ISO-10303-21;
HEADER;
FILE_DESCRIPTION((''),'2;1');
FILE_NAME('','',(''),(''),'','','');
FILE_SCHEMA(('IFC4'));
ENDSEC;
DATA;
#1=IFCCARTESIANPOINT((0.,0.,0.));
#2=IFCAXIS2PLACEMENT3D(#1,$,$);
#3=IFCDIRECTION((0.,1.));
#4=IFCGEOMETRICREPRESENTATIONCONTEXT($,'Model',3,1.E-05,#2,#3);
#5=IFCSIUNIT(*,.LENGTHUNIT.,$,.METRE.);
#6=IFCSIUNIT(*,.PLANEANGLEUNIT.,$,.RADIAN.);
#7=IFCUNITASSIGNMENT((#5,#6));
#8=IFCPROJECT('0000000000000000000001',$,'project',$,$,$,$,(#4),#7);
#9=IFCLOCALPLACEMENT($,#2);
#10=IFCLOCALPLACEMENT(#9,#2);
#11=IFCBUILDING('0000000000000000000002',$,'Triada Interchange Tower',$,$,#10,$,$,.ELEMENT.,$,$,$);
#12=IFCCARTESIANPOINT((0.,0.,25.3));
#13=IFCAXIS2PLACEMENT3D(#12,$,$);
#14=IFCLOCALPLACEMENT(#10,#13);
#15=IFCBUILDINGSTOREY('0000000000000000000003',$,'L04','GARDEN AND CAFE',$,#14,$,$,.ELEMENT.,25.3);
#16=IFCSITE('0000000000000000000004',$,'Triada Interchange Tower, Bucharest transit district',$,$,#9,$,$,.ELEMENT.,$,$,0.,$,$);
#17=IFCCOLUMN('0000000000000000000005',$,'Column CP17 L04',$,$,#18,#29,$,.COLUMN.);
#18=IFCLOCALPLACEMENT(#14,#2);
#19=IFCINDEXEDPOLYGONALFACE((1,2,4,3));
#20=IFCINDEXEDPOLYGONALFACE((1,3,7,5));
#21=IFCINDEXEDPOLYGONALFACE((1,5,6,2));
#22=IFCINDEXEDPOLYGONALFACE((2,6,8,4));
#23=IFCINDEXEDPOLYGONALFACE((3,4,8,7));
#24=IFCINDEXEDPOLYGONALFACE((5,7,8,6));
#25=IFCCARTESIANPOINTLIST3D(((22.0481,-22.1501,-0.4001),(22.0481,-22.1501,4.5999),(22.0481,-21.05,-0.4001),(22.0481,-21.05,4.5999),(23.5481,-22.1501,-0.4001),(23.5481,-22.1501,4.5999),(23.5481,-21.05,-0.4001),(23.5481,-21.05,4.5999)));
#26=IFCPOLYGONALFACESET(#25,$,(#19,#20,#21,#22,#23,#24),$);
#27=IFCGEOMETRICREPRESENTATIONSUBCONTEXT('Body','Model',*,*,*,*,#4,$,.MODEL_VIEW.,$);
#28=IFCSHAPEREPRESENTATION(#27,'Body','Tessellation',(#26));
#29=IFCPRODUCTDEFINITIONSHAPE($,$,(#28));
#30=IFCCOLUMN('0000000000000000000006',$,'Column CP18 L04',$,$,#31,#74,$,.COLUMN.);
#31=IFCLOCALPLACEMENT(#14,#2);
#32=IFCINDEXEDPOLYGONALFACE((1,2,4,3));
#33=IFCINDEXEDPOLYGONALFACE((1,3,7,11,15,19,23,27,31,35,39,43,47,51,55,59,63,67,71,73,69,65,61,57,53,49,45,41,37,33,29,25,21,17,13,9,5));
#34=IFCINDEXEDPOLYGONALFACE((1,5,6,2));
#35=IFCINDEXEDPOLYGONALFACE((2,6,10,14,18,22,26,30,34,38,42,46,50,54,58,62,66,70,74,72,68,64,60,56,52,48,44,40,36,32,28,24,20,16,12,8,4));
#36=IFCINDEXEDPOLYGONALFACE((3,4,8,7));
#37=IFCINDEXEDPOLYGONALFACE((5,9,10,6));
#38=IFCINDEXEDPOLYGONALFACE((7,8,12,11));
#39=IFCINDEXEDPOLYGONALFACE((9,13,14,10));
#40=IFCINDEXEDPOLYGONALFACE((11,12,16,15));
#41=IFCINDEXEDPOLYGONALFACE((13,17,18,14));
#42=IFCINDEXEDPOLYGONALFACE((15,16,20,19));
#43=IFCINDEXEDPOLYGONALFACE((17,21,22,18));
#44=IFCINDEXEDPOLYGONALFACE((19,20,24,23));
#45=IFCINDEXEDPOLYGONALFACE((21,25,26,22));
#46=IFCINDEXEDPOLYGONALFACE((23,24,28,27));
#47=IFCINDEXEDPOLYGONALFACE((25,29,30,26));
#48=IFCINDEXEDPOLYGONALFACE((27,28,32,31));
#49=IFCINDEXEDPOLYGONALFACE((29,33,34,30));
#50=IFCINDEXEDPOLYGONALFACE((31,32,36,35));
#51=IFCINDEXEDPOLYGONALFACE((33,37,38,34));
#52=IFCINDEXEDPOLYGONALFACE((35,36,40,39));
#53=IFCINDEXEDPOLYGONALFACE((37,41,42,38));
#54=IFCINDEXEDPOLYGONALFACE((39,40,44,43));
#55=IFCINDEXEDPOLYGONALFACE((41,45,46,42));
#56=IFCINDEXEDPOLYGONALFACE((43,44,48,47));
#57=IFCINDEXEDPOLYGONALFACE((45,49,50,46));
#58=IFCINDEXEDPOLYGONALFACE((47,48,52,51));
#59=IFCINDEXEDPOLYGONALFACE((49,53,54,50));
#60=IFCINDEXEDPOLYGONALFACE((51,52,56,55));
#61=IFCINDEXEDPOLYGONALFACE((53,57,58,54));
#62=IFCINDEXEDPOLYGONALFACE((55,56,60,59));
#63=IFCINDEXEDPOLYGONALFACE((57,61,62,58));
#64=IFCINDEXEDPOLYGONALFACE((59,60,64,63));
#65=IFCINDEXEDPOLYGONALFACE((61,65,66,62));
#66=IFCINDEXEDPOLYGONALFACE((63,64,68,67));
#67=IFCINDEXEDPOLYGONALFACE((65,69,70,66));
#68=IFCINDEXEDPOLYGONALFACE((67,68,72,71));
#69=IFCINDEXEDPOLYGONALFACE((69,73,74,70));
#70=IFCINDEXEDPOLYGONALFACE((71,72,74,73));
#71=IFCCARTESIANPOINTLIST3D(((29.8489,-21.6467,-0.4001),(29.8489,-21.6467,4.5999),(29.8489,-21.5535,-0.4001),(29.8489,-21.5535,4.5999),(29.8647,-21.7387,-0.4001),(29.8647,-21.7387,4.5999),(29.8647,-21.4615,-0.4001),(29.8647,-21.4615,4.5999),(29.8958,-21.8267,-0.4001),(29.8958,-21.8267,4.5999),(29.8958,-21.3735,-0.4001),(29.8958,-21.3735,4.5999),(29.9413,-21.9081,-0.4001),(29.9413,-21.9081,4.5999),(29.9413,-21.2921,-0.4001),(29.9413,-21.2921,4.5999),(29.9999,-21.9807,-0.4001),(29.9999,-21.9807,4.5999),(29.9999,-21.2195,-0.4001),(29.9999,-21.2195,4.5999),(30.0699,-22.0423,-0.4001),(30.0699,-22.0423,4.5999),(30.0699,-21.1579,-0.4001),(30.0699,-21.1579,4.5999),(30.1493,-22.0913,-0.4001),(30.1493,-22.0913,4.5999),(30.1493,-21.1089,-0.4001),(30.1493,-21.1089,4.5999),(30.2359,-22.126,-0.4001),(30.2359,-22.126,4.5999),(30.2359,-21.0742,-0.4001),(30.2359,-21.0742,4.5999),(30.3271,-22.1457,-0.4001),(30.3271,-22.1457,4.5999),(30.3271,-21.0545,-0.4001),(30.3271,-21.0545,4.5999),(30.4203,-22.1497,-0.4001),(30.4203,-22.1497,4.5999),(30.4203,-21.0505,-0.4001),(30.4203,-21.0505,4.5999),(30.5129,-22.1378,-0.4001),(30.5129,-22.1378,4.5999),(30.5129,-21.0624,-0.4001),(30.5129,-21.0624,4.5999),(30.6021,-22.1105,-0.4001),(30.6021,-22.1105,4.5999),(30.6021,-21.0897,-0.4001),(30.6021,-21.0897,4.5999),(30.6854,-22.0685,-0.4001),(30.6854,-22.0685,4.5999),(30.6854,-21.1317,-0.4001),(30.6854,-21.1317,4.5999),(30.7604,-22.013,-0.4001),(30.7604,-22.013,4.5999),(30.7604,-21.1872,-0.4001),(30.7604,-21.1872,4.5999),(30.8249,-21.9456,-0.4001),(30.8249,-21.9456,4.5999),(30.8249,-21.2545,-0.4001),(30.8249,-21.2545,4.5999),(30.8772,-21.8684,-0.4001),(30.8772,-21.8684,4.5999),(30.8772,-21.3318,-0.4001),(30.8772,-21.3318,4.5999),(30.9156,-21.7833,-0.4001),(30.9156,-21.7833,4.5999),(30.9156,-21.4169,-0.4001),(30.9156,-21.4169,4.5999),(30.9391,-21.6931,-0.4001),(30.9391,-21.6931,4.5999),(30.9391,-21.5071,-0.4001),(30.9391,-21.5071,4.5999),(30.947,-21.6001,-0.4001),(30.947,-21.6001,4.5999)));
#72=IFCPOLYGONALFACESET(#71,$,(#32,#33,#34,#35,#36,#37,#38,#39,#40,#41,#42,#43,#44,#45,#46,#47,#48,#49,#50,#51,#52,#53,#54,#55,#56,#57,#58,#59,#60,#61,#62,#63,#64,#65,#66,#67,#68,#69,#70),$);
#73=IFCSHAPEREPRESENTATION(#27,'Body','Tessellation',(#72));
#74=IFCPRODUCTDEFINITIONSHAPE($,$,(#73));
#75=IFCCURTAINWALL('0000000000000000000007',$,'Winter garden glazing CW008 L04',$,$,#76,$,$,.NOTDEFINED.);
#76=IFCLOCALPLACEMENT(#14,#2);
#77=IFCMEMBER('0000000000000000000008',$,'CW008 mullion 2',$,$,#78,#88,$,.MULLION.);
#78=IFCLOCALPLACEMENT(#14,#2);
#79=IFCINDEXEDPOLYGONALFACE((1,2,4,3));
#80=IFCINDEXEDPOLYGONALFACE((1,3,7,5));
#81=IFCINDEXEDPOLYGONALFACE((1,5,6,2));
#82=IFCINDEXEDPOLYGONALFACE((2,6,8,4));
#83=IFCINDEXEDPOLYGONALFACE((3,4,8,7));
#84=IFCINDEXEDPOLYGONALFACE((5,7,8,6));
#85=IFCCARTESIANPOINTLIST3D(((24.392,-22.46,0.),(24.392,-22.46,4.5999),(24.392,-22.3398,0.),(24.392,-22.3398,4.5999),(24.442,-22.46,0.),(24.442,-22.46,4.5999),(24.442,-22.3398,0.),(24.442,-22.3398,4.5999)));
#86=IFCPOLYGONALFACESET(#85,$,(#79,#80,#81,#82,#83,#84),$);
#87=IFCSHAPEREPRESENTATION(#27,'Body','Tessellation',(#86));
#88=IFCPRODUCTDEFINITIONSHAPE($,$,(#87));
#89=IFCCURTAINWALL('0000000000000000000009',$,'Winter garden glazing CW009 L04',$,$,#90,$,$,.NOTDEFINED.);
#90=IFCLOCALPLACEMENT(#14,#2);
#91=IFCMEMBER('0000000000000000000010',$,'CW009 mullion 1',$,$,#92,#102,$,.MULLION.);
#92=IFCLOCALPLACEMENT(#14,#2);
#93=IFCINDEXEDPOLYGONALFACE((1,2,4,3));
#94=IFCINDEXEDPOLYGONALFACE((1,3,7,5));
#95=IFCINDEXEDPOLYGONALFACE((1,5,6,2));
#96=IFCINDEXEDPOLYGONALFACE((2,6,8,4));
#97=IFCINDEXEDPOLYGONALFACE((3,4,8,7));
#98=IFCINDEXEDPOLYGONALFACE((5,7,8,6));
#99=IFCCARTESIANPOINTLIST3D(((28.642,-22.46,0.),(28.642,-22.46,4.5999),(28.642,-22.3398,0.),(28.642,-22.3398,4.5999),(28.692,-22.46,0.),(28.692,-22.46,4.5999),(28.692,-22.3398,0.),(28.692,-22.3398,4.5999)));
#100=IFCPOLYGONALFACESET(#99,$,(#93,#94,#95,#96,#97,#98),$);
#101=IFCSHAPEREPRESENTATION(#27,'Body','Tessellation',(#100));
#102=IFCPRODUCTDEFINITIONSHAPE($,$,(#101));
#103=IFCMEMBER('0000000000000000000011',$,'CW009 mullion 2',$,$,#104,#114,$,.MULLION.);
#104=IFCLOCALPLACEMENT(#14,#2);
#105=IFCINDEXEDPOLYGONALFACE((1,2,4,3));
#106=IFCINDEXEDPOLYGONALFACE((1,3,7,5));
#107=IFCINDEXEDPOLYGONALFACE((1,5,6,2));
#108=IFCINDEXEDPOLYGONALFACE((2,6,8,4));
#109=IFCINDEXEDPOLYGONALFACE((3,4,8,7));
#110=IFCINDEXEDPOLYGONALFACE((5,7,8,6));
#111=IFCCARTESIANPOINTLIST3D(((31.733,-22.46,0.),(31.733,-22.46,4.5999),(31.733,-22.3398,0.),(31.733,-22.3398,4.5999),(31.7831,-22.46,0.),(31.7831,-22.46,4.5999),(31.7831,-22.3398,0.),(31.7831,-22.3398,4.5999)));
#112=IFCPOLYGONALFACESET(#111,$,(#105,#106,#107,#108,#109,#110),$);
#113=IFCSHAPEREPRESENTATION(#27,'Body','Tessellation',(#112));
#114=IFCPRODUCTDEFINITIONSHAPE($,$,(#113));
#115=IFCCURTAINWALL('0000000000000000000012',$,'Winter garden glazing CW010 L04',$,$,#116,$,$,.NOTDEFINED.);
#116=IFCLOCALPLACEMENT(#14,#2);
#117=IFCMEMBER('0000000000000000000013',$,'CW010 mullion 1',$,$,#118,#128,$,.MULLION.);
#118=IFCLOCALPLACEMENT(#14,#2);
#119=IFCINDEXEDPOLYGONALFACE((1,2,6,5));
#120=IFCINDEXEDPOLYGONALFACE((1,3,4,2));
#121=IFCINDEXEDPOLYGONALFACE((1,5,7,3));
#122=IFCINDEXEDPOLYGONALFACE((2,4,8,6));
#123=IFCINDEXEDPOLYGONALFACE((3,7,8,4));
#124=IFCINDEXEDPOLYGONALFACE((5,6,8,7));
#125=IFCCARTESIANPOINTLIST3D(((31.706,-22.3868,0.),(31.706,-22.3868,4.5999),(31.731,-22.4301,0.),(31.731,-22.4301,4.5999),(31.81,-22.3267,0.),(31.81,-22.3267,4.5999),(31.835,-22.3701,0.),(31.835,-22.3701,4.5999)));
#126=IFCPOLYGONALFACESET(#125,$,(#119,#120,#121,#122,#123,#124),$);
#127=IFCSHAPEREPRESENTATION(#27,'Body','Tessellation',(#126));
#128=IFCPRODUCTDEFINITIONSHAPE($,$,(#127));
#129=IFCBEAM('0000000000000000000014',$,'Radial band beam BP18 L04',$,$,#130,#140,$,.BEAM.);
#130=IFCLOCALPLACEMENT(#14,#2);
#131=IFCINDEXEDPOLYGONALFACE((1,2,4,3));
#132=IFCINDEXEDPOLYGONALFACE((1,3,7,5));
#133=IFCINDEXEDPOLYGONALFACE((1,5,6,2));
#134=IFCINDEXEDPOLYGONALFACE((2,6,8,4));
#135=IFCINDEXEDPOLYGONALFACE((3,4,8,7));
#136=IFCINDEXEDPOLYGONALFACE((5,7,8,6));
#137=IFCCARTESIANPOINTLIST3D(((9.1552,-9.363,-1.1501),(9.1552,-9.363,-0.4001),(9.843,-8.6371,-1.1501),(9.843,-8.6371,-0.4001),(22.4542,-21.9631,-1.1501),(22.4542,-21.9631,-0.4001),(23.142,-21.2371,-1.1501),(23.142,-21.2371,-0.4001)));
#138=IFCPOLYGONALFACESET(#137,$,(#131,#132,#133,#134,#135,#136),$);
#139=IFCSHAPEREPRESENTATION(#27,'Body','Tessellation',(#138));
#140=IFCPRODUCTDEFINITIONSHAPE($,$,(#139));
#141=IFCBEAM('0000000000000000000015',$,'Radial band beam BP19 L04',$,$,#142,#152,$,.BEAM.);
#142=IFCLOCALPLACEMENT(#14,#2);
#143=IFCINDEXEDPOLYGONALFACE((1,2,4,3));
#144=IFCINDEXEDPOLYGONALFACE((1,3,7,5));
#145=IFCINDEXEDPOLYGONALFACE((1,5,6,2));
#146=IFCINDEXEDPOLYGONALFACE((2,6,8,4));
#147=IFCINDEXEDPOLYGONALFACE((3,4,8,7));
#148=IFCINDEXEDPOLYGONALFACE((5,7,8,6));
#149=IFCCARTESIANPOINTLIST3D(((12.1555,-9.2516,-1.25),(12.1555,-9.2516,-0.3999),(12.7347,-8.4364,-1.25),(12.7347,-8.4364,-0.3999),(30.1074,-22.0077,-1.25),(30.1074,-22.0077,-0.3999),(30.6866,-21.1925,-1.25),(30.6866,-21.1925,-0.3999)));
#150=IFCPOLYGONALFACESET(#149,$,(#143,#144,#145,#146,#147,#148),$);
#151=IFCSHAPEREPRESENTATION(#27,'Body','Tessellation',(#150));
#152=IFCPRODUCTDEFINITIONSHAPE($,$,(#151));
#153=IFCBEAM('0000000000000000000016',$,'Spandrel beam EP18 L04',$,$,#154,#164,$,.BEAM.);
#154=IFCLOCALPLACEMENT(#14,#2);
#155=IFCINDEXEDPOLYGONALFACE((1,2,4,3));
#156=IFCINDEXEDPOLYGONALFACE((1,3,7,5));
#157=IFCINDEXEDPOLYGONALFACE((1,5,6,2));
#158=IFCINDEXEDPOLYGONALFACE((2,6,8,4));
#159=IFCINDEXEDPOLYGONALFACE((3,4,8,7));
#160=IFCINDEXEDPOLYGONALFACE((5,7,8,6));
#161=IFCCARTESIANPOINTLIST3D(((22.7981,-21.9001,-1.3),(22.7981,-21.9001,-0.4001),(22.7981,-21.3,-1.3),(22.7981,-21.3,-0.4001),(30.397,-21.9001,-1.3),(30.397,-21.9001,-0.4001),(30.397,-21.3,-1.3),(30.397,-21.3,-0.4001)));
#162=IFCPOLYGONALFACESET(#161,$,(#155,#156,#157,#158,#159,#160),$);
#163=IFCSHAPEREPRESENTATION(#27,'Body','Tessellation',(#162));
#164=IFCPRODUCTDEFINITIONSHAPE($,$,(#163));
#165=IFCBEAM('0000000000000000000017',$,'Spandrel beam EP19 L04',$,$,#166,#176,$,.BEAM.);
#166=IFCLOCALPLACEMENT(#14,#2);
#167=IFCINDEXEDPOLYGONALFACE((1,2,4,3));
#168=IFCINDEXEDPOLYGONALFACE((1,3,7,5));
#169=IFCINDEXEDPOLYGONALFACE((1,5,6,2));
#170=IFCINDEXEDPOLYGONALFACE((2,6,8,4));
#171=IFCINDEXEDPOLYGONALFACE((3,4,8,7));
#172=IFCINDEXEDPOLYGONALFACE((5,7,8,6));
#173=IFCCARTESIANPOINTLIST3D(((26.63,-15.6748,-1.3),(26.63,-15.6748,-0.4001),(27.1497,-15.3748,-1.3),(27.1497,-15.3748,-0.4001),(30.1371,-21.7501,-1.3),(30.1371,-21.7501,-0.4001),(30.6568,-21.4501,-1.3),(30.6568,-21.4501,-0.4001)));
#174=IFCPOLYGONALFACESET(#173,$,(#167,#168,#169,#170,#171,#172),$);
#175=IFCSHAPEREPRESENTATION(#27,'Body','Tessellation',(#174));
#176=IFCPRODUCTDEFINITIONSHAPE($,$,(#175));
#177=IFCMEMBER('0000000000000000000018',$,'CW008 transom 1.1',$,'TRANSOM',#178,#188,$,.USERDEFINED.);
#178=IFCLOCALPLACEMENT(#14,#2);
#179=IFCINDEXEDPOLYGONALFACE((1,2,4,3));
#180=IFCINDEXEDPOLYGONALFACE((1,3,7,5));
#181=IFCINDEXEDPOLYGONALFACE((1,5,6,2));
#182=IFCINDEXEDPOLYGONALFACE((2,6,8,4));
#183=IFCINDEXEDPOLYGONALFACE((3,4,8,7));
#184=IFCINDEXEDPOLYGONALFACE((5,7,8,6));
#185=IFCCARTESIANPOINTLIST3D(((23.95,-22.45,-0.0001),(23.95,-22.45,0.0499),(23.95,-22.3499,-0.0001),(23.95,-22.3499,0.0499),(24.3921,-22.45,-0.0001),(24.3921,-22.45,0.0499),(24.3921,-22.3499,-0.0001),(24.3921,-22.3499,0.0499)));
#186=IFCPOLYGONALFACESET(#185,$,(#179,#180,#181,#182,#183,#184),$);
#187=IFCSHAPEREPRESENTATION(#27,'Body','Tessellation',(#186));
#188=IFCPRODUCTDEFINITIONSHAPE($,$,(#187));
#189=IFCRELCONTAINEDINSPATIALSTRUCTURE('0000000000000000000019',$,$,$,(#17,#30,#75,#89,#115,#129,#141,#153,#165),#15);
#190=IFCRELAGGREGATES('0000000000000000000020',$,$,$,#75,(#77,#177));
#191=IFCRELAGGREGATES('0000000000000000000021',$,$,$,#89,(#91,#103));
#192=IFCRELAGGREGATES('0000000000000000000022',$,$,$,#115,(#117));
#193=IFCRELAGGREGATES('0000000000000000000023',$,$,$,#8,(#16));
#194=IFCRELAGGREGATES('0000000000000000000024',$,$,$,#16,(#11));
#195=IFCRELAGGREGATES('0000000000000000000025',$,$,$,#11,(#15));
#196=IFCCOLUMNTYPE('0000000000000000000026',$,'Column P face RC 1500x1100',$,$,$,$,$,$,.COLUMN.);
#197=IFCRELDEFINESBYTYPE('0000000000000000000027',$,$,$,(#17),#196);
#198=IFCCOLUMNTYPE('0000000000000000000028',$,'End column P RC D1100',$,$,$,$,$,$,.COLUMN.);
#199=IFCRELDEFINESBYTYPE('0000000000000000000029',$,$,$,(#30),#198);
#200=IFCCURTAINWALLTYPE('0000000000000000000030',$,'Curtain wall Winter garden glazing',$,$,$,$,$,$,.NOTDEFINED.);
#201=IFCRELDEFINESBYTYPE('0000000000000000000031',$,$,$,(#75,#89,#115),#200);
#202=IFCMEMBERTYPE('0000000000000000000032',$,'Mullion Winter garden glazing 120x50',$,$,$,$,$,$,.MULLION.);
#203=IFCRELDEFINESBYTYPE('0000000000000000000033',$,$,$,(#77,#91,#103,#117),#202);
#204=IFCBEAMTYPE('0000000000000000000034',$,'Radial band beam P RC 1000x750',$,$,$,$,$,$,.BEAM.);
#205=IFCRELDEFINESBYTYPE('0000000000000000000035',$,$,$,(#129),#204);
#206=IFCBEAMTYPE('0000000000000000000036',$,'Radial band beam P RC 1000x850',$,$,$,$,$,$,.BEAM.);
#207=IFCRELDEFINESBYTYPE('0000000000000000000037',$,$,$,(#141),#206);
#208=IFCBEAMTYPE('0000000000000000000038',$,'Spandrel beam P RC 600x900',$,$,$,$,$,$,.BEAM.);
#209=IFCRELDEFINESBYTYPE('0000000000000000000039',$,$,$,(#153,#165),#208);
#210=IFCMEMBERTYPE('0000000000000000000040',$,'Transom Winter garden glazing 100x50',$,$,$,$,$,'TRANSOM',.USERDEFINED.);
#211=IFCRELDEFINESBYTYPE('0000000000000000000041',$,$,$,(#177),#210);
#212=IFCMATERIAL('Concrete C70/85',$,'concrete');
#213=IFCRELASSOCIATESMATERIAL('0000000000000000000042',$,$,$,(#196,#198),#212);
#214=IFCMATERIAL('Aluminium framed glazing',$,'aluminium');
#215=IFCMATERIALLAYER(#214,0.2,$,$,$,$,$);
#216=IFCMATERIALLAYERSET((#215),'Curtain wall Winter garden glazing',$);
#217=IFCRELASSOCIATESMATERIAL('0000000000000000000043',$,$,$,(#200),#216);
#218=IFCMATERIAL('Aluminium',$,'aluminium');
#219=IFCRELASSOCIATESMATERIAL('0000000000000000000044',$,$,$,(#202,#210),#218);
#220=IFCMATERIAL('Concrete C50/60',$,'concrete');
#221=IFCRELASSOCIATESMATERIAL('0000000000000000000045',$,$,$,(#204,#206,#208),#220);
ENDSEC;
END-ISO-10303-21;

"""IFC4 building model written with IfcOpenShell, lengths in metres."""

from ifc_helpers import new_model, si_unit, direction, frame, origin, origin_2d, place, context, subcontext, project, spatial, rectangle, circle, extrude, material, layer, layer_set, material_profile, profile_set, type_object, element, aggregate, save


model = new_model("IFC4")

# Units and contexts
model_context = context("Model", 3, precision=1e-05, world=origin(), true_north=direction((0.0, 1.0)))
body_context = subcontext(model_context, "Body", "Model", "MODEL_VIEW")
ifc_project = project(units=[si_unit("LENGTHUNIT", "METRE"), si_unit("PLANEANGLEUNIT", "RADIAN")], contexts=[model_context])

# Site, building, storey
site_placement = place(None, origin())
site = spatial("IfcSite", under=ifc_project, at=site_placement, Name="Triada Interchange Tower, Bucharest transit district", CompositionType="ELEMENT", RefElevation=0.0)
building_placement = place(site_placement, origin())
building = spatial("IfcBuilding", under=site, at=building_placement, Name="Triada Interchange Tower", CompositionType="ELEMENT")
storey_placement = place(building_placement, frame((0.0, 0.0, 25.3)))
storey = spatial("IfcBuildingStorey", under=building, at=storey_placement, Name="L04", Description="GARDEN AND CAFE", CompositionType="ELEMENT", Elevation=25.3)

# Columns
ifc_material_1 = material(Name="Concrete C70/85", Category="concrete")
ifc_material_profile_1 = material_profile(ifc_material_1, rectangle(XDim=1.5, YDim=1.1001, at=origin_2d()), Name="RC 1500x1100")
ifc_profile_set_1 = profile_set([ifc_material_profile_1], Name="Concrete C70/85")
column_type_1 = type_object("IfcColumnType", Name="Column P face RC 1500x1100", PredefinedType="COLUMN", material=ifc_profile_set_1)
column_1_placement = place(storey_placement, frame((22.7981, -21.6001, -0.4001), z_axis=(0.0, 0.0, 1.0), x_axis=(1.0, 0.0, 0.0)))
element("IfcColumn", 1, at=column_1_placement, inside=storey, type_object=column_type_1, Name="Column CP17 L04", PredefinedType="COLUMN", context=body_context, shape_type="SweptSolid", body=[
    extrude(rectangle(XDim=1.5, YDim=1.1001, at=origin_2d()), origin(), (0.0, 0.0, 1.0), 5.0),
])
ifc_material_profile_2 = material_profile(ifc_material_1, circle(Radius=0.55, at=origin_2d()), Name="RC D1100")
ifc_profile_set_2 = profile_set([ifc_material_profile_2], Name="Concrete C70/85")
column_type_2 = type_object("IfcColumnType", Name="End column P RC D1100", PredefinedType="COLUMN", material=ifc_profile_set_2)
column_2_placement = place(storey_placement, frame((30.397, -21.6001, -0.4001), z_axis=(0.0, 0.0, 1.0), x_axis=(1.0, 0.0, 0.0)))
element("IfcColumn", 2, at=column_2_placement, inside=storey, type_object=column_type_2, Name="Column CP18 L04", PredefinedType="COLUMN", context=body_context, shape_type="SweptSolid", body=[
    extrude(circle(Radius=0.55, at=origin_2d()), origin(), (0.0, 0.0, 1.0), 5.0),
])

# Curtain wall, member
ifc_material_2 = material(Name="Aluminium framed glazing", Category="aluminium")
ifc_layer_1 = layer(ifc_material_2, 0.2)
ifc_layer_set_1 = layer_set([ifc_layer_1], Name="Curtain wall Winter garden glazing")
curtain_wall_type = type_object("IfcCurtainWallType", Name="Curtain wall Winter garden glazing", PredefinedType="NOTDEFINED", material=ifc_layer_set_1)
curtain_wall_1_placement = place(storey_placement, origin())
curtain_wall_1 = element("IfcCurtainWall", 3, at=curtain_wall_1_placement, inside=storey, type_object=curtain_wall_type, Name="Winter garden glazing CW008 L04", PredefinedType="NOTDEFINED")
ifc_material_3 = material(Name="Aluminium", Category="aluminium")
ifc_material_profile_3 = material_profile(ifc_material_3, rectangle(XDim=0.1201, YDim=0.05, at=origin_2d()), Name="Aluminium mullion")
ifc_profile_set_3 = profile_set([ifc_material_profile_3], Name="Aluminium")
member_type_1 = type_object("IfcMemberType", Name="Mullion Winter garden glazing 120x50", PredefinedType="MULLION", material=ifc_profile_set_3)
member_1_placement = place(storey_placement, frame((24.417, -22.3999, 0.0), z_axis=(0.0, 0.0, 1.0), x_axis=(0.0, 1.0, 0.0)))
member_1 = element("IfcMember", 4, at=member_1_placement, type_object=member_type_1, Name="CW008 mullion 2", PredefinedType="MULLION", context=body_context, shape_type="SweptSolid", body=[
    extrude(rectangle(XDim=0.1201, YDim=0.05, at=origin_2d()), origin(), (0.0, 0.0, 1.0), 4.5999),
])

# Curtain wall, members
curtain_wall_2_placement = place(storey_placement, origin())
curtain_wall_2 = element("IfcCurtainWall", 5, at=curtain_wall_2_placement, inside=storey, type_object=curtain_wall_type, Name="Winter garden glazing CW009 L04", PredefinedType="NOTDEFINED")
member_2_placement = place(storey_placement, frame((28.667, -22.3999, 0.0), z_axis=(0.0, 0.0, 1.0), x_axis=(0.0, 1.0, 0.0)))
member_2 = element("IfcMember", 6, at=member_2_placement, type_object=member_type_1, Name="CW009 mullion 1", PredefinedType="MULLION", context=body_context, shape_type="SweptSolid", body=[
    extrude(rectangle(XDim=0.1201, YDim=0.05, at=origin_2d()), origin(), (0.0, 0.0, 1.0), 4.5999),
])
member_3_placement = place(storey_placement, frame((31.7581, -22.3999, 0.0), z_axis=(0.0, 0.0, 1.0), x_axis=(0.0, 1.0, 0.0)))
member_3 = element("IfcMember", 7, at=member_3_placement, type_object=member_type_1, Name="CW009 mullion 2", PredefinedType="MULLION", context=body_context, shape_type="SweptSolid", body=[
    extrude(rectangle(XDim=0.1201, YDim=0.05, at=origin_2d()), origin(), (0.0, 0.0, 1.0), 4.5999),
])

# Curtain wall, member
curtain_wall_3_placement = place(storey_placement, origin())
curtain_wall_3 = element("IfcCurtainWall", 8, at=curtain_wall_3_placement, inside=storey, type_object=curtain_wall_type, Name="Winter garden glazing CW010 L04", PredefinedType="NOTDEFINED")
member_4_placement = place(storey_placement, frame((31.7705, -22.3784, 0.0), z_axis=(0.0, 0.0, 1.0), x_axis=(-0.86605, -0.499957, 0.0)))
member_4 = element("IfcMember", 9, at=member_4_placement, type_object=member_type_1, Name="CW010 mullion 1", PredefinedType="MULLION", context=body_context, shape_type="SweptSolid", body=[
    extrude(rectangle(XDim=0.1201, YDim=0.05, at=origin_2d()), origin(), (0.0, 0.0, 1.0), 4.5999),
])

# Beams
ifc_material_4 = material(Name="Concrete C50/60", Category="concrete")
ifc_material_profile_4 = material_profile(ifc_material_4, rectangle(XDim=1.0, YDim=0.75, at=origin_2d()), Name="RC 1000x750")
ifc_profile_set_4 = profile_set([ifc_material_profile_4], Name="Concrete C50/60")
beam_type_1 = type_object("IfcBeamType", Name="Radial band beam P RC 1000x750", PredefinedType="BEAM", material=ifc_profile_set_4)
beam_1_placement = place(storey_placement, frame((22.7981, -21.6001, -0.7751), z_axis=(-0.725926, 0.687773, 0.0), x_axis=(-0.687773, -0.725926, 0.0)))
element("IfcBeam", 10, at=beam_1_placement, inside=storey, type_object=beam_type_1, Name="Radial band beam BP18 L04", PredefinedType="BEAM", context=body_context, shape_type="SweptSolid", body=[
    extrude(rectangle(XDim=1.0, YDim=0.75, at=origin_2d()), origin(), (0.0, 0.0, 1.0), 18.3201),
])
ifc_material_profile_5 = material_profile(ifc_material_4, rectangle(XDim=1.0, YDim=0.8501, at=origin_2d()), Name="RC 1000x850")
ifc_profile_set_5 = profile_set([ifc_material_profile_5], Name="Concrete C50/60")
beam_type_2 = type_object("IfcBeamType", Name="Radial band beam P RC 1000x850", PredefinedType="BEAM", material=ifc_profile_set_5)
beam_2_placement = place(storey_placement, frame((30.397, -21.6001, -0.825), z_axis=(-0.815163, 0.579231, 0.0), x_axis=(-0.579231, -0.815163, 0.0)))
element("IfcBeam", 11, at=beam_2_placement, inside=storey, type_object=beam_type_2, Name="Radial band beam BP19 L04", PredefinedType="BEAM", context=body_context, shape_type="SweptSolid", body=[
    extrude(rectangle(XDim=1.0, YDim=0.8501, at=origin_2d()), origin(), (0.0, 0.0, 1.0), 22.0225),
])
ifc_material_profile_6 = material_profile(ifc_material_4, rectangle(XDim=0.6001, YDim=0.8999, at=origin_2d()), Name="RC 600x900")
ifc_profile_set_6 = profile_set([ifc_material_profile_6], Name="Concrete C50/60")
beam_type_3 = type_object("IfcBeamType", Name="Spandrel beam P RC 600x900", PredefinedType="BEAM", material=ifc_profile_set_6)
beam_3_placement = place(storey_placement, frame((22.7981, -21.6001, -0.8501), z_axis=(1.0, 0.0, 0.0), x_axis=(0.0, 1.0, 0.0)))
element("IfcBeam", 12, at=beam_3_placement, inside=storey, type_object=beam_type_3, Name="Spandrel beam EP18 L04", PredefinedType="BEAM", context=body_context, shape_type="SweptSolid", body=[
    extrude(rectangle(XDim=0.6001, YDim=0.8999, at=origin_2d()), origin(), (0.0, 0.0, 1.0), 7.5989),
])
beam_4_placement = place(storey_placement, frame((30.397, -21.6001, -0.8501), z_axis=(-0.499953, 0.866052, 0.0), x_axis=(-0.866052, -0.499953, 0.0)))
element("IfcBeam", 13, at=beam_4_placement, inside=storey, type_object=beam_type_3, Name="Spandrel beam EP19 L04", PredefinedType="BEAM", context=body_context, shape_type="SweptSolid", body=[
    extrude(rectangle(XDim=0.6001, YDim=0.8999, at=origin_2d()), origin(), (0.0, 0.0, 1.0), 7.0149),
])

# Member
ifc_material_profile_7 = material_profile(ifc_material_3, rectangle(XDim=0.1001, YDim=0.05, at=origin_2d()), Name="Aluminium transom")
ifc_profile_set_7 = profile_set([ifc_material_profile_7], Name="Aluminium")
member_type_2 = type_object("IfcMemberType", Name="Transom Winter garden glazing 100x50", ElementType="TRANSOM", PredefinedType="USERDEFINED", material=ifc_profile_set_7)
member_5_placement = place(storey_placement, frame((23.95, -22.3999, 0.0249), z_axis=(1.0, 0.0, 0.0), x_axis=(0.0, 1.0, 0.0)))
member_5 = element("IfcMember", 14, at=member_5_placement, type_object=member_type_2, Name="CW008 transom 1.1", ObjectType="TRANSOM", PredefinedType="USERDEFINED", context=body_context, shape_type="SweptSolid", body=[
    extrude(rectangle(XDim=0.1001, YDim=0.05, at=origin_2d()), origin(), (0.0, 0.0, 1.0), 0.4421),
])

aggregate(curtain_wall_1, [member_1, member_5])
aggregate(curtain_wall_2, [member_2, member_3])
aggregate(curtain_wall_3, [member_4])

save(model, "model.ifc")
